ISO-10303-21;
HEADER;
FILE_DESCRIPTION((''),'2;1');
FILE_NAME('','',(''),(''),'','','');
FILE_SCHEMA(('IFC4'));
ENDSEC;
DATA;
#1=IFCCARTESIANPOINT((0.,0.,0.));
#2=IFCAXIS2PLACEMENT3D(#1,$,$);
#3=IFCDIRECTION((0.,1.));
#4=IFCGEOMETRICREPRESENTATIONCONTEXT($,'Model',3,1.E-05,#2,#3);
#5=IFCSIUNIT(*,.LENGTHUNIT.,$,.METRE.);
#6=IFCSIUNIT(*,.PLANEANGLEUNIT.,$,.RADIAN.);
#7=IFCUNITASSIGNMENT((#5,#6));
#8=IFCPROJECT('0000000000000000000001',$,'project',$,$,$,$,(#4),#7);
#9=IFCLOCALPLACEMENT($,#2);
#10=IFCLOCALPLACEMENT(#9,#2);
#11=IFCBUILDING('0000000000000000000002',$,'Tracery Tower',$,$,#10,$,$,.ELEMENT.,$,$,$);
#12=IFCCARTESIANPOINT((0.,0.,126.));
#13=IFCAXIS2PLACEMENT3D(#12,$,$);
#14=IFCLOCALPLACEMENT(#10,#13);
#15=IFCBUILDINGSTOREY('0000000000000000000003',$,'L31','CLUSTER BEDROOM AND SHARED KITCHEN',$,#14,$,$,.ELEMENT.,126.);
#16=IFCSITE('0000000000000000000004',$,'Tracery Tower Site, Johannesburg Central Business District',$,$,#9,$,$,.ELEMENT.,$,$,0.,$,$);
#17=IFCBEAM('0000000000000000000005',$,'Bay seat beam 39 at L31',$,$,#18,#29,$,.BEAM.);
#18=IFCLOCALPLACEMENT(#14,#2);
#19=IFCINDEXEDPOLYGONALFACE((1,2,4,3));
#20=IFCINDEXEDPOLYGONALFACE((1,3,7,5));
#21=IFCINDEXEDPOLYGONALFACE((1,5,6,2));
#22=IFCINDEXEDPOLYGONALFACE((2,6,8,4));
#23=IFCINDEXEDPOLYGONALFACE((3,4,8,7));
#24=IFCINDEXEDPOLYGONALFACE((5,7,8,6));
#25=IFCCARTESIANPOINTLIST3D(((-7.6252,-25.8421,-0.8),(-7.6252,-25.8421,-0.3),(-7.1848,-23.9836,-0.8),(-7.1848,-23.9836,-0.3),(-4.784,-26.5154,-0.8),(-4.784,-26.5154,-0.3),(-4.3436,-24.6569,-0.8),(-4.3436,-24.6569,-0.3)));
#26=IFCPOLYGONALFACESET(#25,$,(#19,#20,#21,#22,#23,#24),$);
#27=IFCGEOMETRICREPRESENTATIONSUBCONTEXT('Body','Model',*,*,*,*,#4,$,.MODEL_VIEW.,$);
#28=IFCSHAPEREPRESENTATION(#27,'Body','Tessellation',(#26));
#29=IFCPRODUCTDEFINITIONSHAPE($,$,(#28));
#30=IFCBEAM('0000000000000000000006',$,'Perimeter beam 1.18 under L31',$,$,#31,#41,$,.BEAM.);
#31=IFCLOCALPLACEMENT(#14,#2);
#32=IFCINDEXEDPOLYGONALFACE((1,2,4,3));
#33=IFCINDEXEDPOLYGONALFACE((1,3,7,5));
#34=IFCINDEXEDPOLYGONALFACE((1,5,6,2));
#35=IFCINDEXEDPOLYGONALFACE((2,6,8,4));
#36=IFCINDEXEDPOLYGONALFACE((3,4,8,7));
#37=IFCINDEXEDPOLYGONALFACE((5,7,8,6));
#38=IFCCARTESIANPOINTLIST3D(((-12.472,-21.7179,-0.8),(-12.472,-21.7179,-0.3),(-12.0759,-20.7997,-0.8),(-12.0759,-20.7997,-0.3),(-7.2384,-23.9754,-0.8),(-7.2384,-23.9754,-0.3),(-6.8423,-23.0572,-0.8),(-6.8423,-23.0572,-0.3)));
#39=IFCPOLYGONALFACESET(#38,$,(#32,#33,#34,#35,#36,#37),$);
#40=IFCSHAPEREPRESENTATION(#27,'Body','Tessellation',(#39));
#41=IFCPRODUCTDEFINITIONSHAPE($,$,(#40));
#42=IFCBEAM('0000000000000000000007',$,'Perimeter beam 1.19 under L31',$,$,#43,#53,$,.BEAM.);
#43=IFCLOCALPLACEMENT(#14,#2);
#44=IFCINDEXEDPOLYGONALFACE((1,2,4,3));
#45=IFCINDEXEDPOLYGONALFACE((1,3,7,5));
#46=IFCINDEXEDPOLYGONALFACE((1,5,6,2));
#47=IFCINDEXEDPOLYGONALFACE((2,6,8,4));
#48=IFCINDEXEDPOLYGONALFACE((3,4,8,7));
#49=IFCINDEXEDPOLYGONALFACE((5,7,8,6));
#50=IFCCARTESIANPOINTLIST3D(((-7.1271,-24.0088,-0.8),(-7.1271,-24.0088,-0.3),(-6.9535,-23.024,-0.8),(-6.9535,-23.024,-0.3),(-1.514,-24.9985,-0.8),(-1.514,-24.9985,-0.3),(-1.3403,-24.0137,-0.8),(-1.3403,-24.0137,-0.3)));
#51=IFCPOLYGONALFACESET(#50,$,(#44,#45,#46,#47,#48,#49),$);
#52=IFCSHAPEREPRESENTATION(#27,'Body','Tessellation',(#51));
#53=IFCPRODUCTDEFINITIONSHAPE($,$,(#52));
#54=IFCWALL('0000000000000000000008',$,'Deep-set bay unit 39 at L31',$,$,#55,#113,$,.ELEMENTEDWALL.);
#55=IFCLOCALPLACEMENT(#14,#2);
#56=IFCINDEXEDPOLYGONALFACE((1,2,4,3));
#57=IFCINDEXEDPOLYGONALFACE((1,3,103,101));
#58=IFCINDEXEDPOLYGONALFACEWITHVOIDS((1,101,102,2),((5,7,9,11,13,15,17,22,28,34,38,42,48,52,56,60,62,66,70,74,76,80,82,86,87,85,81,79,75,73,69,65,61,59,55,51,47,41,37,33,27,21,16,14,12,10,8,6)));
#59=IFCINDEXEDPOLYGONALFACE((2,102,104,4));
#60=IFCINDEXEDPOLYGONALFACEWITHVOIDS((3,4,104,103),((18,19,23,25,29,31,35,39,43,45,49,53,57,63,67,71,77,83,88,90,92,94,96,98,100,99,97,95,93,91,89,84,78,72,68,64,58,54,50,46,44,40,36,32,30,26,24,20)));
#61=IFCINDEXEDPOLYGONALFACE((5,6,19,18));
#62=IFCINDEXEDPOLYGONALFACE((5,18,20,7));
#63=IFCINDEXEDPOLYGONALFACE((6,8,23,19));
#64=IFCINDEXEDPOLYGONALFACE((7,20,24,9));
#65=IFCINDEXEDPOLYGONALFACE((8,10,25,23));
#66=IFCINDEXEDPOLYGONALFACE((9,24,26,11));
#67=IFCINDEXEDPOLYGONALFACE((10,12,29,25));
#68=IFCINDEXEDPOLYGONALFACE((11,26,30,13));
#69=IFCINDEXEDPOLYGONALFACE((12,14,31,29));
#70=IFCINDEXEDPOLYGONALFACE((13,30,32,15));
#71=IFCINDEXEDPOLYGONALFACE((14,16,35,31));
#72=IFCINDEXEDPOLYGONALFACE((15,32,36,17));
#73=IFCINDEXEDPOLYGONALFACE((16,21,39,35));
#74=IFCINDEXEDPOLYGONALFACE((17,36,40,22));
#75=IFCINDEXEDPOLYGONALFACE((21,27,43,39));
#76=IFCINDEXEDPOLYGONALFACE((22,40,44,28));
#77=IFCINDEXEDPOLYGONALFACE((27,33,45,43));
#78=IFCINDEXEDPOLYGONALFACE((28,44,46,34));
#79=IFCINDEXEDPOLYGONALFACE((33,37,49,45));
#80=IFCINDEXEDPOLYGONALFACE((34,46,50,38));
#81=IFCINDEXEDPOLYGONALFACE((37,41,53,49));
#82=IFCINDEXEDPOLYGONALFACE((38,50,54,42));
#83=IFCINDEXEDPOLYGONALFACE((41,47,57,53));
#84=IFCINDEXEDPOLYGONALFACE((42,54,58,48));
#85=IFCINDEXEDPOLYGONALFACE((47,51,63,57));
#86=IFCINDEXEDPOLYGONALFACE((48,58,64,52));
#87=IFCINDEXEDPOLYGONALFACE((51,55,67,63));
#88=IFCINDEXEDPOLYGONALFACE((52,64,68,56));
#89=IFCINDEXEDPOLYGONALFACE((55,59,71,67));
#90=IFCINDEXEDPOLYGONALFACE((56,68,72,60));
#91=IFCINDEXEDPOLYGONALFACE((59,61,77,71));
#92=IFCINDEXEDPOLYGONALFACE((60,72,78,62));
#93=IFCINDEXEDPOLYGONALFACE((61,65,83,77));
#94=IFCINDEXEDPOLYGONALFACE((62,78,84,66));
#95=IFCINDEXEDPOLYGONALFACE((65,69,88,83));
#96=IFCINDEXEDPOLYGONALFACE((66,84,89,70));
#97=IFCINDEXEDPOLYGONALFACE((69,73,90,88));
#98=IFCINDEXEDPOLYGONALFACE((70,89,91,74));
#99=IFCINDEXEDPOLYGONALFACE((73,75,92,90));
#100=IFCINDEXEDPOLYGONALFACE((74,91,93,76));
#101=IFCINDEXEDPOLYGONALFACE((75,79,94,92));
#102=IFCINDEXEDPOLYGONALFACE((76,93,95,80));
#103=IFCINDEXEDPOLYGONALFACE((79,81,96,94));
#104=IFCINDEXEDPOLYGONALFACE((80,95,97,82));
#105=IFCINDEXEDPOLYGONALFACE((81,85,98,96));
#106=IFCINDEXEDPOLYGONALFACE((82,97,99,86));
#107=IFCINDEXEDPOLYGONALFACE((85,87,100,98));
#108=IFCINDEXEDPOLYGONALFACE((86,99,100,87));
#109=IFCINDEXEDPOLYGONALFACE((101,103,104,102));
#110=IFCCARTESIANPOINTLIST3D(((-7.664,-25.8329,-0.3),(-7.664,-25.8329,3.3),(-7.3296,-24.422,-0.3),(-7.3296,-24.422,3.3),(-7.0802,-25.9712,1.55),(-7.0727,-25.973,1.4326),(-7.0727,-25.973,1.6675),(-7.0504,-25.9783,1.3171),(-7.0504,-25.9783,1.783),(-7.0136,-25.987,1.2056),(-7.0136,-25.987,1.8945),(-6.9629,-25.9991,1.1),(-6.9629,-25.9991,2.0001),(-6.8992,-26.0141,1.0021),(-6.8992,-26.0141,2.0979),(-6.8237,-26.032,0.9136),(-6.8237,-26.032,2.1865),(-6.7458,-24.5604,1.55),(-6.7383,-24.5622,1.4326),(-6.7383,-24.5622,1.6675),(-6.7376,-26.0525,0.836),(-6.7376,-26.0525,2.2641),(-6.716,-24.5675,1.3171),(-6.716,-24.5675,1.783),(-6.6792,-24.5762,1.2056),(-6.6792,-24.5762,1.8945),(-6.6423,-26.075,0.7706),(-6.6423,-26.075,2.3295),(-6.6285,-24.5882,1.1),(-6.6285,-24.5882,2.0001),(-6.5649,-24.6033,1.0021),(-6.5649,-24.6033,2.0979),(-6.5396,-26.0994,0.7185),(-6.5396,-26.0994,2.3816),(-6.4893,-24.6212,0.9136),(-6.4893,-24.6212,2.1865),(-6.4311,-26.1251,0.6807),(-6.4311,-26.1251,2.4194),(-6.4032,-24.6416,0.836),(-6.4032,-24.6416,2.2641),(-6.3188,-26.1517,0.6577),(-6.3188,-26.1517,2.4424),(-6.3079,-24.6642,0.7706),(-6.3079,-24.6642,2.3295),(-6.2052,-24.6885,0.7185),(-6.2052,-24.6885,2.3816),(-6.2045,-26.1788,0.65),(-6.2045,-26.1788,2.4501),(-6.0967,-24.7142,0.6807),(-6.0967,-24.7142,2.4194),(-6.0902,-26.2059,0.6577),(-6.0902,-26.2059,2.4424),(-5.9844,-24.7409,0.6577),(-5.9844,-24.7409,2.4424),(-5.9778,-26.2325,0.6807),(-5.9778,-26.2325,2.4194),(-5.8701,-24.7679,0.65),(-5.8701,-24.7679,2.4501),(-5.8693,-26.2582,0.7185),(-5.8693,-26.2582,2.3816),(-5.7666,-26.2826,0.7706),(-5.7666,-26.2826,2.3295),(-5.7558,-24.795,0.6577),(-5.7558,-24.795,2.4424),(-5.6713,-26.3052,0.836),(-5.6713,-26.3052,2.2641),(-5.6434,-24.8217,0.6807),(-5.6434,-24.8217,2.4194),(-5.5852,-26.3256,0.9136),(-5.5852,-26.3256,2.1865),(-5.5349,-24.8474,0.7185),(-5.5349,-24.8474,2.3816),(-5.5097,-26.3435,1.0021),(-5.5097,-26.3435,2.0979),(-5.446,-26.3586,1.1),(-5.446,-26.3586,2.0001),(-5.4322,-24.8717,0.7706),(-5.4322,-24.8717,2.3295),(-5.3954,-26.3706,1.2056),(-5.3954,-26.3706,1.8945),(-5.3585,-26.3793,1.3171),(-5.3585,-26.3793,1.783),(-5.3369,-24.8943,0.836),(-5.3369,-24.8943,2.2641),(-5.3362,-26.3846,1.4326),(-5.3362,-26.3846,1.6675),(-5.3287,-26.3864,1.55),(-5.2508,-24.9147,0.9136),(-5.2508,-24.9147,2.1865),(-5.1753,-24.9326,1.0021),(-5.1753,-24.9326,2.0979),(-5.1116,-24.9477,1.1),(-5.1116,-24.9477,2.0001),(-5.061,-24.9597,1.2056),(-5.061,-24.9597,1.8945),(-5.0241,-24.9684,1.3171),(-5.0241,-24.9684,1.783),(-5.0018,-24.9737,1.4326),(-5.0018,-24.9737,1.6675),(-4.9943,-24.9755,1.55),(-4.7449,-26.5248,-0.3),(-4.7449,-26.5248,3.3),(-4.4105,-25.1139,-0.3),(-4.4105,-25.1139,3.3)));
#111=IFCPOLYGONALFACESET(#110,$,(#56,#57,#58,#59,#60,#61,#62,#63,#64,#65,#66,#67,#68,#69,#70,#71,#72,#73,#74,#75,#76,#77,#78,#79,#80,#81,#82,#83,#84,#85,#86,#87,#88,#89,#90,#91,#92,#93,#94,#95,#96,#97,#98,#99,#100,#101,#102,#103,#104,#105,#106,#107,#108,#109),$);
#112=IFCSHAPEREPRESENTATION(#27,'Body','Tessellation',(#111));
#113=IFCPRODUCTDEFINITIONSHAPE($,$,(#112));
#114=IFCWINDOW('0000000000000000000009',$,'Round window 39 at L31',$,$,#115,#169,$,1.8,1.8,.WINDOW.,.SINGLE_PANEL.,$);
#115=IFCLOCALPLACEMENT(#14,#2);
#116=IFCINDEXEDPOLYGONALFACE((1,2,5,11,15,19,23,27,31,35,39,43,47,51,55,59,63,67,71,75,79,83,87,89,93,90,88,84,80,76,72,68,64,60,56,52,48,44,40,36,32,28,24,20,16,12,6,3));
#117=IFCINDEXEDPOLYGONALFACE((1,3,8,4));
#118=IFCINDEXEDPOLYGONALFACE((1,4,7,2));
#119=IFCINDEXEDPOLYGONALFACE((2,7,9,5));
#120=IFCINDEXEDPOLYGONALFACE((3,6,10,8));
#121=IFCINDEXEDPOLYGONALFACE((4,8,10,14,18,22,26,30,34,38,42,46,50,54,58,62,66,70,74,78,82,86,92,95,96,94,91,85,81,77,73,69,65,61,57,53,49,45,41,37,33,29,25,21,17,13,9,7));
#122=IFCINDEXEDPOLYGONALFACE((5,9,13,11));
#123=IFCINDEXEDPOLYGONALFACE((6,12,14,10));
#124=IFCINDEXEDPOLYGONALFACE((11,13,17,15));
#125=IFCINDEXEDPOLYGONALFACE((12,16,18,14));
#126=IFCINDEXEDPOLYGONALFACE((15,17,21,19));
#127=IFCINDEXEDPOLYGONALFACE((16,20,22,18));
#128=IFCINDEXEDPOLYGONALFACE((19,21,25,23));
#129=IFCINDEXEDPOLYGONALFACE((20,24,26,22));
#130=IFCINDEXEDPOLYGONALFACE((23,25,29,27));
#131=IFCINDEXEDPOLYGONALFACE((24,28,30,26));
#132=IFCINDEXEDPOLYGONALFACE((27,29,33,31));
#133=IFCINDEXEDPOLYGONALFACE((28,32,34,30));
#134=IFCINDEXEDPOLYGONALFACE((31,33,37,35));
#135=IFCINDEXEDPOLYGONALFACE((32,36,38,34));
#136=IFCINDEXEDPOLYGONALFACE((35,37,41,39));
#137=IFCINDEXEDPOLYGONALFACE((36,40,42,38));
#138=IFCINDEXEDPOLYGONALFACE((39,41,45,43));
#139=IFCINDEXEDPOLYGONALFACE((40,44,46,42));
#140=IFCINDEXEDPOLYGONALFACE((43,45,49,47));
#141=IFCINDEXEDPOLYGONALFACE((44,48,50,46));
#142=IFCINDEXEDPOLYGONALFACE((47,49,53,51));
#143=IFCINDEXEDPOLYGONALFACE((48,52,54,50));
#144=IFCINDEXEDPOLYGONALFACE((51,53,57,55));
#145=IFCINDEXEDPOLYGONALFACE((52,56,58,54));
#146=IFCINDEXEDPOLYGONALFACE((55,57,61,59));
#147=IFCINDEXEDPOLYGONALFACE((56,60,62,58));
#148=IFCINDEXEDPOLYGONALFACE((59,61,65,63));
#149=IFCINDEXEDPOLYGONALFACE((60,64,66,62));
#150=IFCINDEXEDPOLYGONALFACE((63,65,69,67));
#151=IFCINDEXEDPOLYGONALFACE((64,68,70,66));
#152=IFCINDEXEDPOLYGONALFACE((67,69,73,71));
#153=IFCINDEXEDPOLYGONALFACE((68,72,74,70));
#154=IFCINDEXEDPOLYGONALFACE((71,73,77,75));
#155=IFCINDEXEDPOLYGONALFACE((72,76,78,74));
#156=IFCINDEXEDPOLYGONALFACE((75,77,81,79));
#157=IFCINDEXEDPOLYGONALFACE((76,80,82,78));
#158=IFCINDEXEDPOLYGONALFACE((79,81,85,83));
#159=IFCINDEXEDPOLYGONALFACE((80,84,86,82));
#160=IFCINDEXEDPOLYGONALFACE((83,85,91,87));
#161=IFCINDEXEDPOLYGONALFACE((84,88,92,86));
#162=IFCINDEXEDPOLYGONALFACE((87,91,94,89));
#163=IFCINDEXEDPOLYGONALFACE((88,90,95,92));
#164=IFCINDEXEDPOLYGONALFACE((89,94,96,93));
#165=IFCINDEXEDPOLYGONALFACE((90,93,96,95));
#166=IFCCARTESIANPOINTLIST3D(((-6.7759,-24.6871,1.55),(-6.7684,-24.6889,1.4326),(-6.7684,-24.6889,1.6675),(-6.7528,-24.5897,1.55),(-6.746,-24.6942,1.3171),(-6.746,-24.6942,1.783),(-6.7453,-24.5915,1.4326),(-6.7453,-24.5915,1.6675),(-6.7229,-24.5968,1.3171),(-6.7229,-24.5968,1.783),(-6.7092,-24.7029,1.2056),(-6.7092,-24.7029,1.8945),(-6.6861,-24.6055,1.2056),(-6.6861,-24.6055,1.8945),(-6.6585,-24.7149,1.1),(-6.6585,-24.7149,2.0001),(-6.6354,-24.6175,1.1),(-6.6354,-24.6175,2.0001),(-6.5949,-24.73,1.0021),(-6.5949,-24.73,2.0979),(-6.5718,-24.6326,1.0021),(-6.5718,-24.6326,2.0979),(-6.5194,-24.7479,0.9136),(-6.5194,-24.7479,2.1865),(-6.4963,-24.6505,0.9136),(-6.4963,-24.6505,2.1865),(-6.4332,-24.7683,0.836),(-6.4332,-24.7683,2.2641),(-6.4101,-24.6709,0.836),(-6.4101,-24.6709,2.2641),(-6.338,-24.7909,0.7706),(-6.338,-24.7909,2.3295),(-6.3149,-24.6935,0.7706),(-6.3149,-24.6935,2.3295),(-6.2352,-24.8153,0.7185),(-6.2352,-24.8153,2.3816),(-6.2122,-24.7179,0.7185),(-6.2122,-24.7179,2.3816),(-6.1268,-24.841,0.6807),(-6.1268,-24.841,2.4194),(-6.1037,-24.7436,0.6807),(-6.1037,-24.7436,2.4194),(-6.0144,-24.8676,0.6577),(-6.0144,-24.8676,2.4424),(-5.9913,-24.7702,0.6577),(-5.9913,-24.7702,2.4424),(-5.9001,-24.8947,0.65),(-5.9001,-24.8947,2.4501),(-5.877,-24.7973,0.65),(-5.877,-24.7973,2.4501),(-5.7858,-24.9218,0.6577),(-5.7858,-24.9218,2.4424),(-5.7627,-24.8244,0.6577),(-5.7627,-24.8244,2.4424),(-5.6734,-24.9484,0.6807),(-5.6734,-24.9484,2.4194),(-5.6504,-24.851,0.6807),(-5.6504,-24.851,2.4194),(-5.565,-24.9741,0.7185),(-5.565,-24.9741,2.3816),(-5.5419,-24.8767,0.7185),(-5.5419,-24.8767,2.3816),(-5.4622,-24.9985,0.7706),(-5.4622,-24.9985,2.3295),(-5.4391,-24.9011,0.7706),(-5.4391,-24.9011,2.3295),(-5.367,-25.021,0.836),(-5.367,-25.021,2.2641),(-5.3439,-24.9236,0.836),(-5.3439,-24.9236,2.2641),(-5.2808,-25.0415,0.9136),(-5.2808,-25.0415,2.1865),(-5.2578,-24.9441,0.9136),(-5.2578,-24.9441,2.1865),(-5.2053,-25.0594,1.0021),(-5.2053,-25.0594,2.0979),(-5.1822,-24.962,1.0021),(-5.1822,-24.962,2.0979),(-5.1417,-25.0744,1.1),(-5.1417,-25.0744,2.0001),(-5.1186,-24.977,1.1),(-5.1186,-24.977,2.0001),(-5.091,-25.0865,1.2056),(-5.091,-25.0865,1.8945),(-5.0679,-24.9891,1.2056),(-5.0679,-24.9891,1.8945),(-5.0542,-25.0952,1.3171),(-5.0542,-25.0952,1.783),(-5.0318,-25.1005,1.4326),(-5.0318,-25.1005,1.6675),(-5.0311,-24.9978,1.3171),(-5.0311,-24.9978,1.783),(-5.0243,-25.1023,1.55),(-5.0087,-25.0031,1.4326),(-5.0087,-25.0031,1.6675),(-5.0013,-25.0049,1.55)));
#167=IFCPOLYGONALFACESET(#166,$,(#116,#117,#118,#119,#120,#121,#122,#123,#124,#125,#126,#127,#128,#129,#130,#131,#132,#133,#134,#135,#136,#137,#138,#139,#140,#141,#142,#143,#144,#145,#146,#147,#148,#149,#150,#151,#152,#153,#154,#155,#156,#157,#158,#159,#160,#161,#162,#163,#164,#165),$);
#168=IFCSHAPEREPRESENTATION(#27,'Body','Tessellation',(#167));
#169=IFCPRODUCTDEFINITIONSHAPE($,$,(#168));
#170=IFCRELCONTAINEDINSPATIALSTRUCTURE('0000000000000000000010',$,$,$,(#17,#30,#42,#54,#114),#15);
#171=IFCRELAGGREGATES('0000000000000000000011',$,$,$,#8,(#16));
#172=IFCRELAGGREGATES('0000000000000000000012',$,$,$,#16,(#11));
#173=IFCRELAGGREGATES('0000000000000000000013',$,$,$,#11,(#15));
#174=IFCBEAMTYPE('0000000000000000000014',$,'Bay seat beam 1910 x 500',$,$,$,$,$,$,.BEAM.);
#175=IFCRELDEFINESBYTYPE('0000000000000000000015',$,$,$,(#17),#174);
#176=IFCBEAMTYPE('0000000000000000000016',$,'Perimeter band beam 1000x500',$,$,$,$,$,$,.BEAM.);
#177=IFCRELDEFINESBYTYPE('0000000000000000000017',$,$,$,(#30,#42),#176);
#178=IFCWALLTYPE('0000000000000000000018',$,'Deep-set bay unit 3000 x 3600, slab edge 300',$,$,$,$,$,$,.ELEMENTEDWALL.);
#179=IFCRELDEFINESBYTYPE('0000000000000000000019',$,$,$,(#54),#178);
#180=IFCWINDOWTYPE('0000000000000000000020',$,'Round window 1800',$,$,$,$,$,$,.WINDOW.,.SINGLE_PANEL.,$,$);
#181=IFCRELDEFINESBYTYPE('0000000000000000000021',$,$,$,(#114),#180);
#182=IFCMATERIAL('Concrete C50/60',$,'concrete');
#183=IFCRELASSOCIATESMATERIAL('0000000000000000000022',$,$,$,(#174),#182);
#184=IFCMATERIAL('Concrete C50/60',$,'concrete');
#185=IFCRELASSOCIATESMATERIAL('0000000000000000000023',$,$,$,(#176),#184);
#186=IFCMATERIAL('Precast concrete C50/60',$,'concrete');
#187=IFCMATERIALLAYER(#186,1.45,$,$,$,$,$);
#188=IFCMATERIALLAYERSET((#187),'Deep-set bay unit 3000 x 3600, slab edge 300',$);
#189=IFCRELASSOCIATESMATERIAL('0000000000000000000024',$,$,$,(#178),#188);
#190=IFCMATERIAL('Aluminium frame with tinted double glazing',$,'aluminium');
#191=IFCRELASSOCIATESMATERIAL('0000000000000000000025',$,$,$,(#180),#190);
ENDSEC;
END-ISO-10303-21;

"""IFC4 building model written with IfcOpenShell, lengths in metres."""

from ifc_helpers import new_model, si_unit, direction, frame, frame_2d, origin, origin_2d, place, context, subcontext, project, spatial, rectangle, circle, extrude, material, layer, layer_set, material_profile, profile_set, type_object, element, fill, save


model = new_model("IFC4")

# Units and contexts
model_context = context("Model", 3, precision=1e-05, world=origin(), true_north=direction((0.0, 1.0)))
body_context = subcontext(model_context, "Body", "Model", "MODEL_VIEW")
ifc_project = project(units=[si_unit("LENGTHUNIT", "METRE"), si_unit("PLANEANGLEUNIT", "RADIAN")], contexts=[model_context])

# Site, building, storey
site_placement = place(None, origin())
site = spatial("IfcSite", under=ifc_project, at=site_placement, Name="Tracery Tower Site, Johannesburg Central Business District", CompositionType="ELEMENT", RefElevation=0.0)
building_placement = place(site_placement, origin())
building = spatial("IfcBuilding", under=site, at=building_placement, Name="Tracery Tower", CompositionType="ELEMENT")
storey_placement = place(building_placement, frame((0.0, 0.0, 126.0)))
storey = spatial("IfcBuildingStorey", under=building, at=storey_placement, Name="L31", Description="CLUSTER BEDROOM AND SHARED KITCHEN", CompositionType="ELEMENT", Elevation=126.0)

# Beams
ifc_material_1 = material(Name="Concrete C50/60", Category="concrete")
ifc_material_profile_1 = material_profile(ifc_material_1, rectangle(XDim=1.9099, YDim=0.5, at=origin_2d()), Name="RC 1910x500")
ifc_profile_set_1 = profile_set([ifc_material_profile_1], Name="Concrete C50/60")
beam_type_1 = type_object("IfcBeamType", Name="Bay seat beam 1910 x 500", PredefinedType="BEAM", material=ifc_profile_set_1)
beam_placement = place(storey_placement, frame((-7.405, -24.9128, -0.55), z_axis=(0.97305, -0.230596, 0.0), x_axis=(0.230596, 0.97305, 0.0)))
element("IfcBeam", 1, at=beam_placement, inside=storey, type_object=beam_type_1, Name="Bay seat beam 39 at L31", PredefinedType="BEAM", context=body_context, shape_type="SweptSolid", body=[
    extrude(rectangle(XDim=1.9099, YDim=0.5, at=origin_2d()), origin(), (0.0, 0.0, 1.0), 2.9199),
])
ifc_material_2 = material(Name="Concrete C50/60", Category="concrete")
ifc_material_profile_2 = material_profile(ifc_material_2, rectangle(XDim=1.0, YDim=0.5, at=origin_2d()), Name="RC 1000x500")
ifc_profile_set_2 = profile_set([ifc_material_profile_2], Name="Concrete C50/60")
beam_type_2 = type_object("IfcBeamType", Name="Perimeter band beam 1000x500", PredefinedType="BEAM", material=ifc_profile_set_2)
for number, where, z_axis, x_axis, name in (
    (2, (-12.2739, -21.2588, -0.55), (0.918216, -0.396079, 0.0), (0.396079, 0.918216, 0.0), "Perimeter beam 1.18 under L31"),
    (3, (-7.0403, -23.5164, -0.55), (0.984807, -0.173651, 0.0), (0.173651, 0.984807, 0.0), "Perimeter beam 1.19 under L31"),
):
    element("IfcBeam", number, at=place(storey_placement, frame(where, z_axis=z_axis, x_axis=x_axis)), inside=storey, type_object=beam_type_2, Name=name, PredefinedType="BEAM", context=body_context, shape_type="SweptSolid", body=[
        extrude(rectangle(XDim=1.0, YDim=0.5, at=origin_2d()), origin(), (0.0, 0.0, 1.0), 5.6997),
    ])

# Wall, opening, window
ifc_material_3 = material(Name="Precast concrete C50/60", Category="concrete")
ifc_layer_1 = layer(ifc_material_3, 1.45)
ifc_layer_set_1 = layer_set([ifc_layer_1], Name="Deep-set bay unit 3000 x 3600, slab edge 300")
wall_type_1 = type_object("IfcWallType", Name="Deep-set bay unit 3000 x 3600, slab edge 300", PredefinedType="ELEMENTEDWALL", material=ifc_layer_set_1)
wall_1_placement = place(storey_placement, frame((-7.4968, -25.1274, -0.3), z_axis=(0.0, 0.0, 1.0), x_axis=(0.973042, -0.230627, 0.0)))
wall_1 = element("IfcWall", 4, at=wall_1_placement, inside=storey, type_object=wall_type_1, Name="Deep-set bay unit 39 at L31", PredefinedType="ELEMENTEDWALL", context=body_context, shape_type="SweptSolid", body=[
    extrude(rectangle(XDim=3.0, YDim=1.45, at=frame_2d((1.5, 0.0))), origin(), (0.0, 0.0, 1.0), 3.6001),
])
opening_1_placement = place(wall_1_placement, frame((1.5, 0.0, 1.8501)))
opening_1 = element("IfcOpeningElement", 5, at=opening_1_placement, cuts=wall_1, PredefinedType="OPENING", context=body_context, shape_type="SweptSolid", body=[
    extrude(circle(Radius=0.9, at=origin_2d()), frame((0.0, 0.7349, 0.0), z_axis=(0.0, -1.0, 0.0), x_axis=(1.0, 0.0, 0.0)), (0.0, 0.0, 1.0), 1.47),
])
ifc_material_4 = material(Name="Aluminium frame with tinted double glazing", Category="aluminium")
window_type = type_object("IfcWindowType", Name="Round window 1800", PartitioningType="SINGLE_PANEL", PredefinedType="WINDOW", material=ifc_material_4)
window_1_placement = place(opening_1_placement, origin())
window_1 = element("IfcWindow", 6, at=window_1_placement, inside=storey, type_object=window_type, Name="Round window 39 at L31", OverallHeight=1.8, OverallWidth=1.8, PartitioningType="SINGLE_PANEL", PredefinedType="WINDOW", context=body_context, shape_type="SweptSolid", body=[
    extrude(circle(Radius=0.9, at=origin_2d()), frame((0.0, 0.6948, 0.0), z_axis=(0.0, -1.0, 0.0), x_axis=(1.0, 0.0, 0.0)), (0.0, 0.0, 1.0), 0.1001),
])
fill(opening_1, window_1)

save(model, "model.ifc")
